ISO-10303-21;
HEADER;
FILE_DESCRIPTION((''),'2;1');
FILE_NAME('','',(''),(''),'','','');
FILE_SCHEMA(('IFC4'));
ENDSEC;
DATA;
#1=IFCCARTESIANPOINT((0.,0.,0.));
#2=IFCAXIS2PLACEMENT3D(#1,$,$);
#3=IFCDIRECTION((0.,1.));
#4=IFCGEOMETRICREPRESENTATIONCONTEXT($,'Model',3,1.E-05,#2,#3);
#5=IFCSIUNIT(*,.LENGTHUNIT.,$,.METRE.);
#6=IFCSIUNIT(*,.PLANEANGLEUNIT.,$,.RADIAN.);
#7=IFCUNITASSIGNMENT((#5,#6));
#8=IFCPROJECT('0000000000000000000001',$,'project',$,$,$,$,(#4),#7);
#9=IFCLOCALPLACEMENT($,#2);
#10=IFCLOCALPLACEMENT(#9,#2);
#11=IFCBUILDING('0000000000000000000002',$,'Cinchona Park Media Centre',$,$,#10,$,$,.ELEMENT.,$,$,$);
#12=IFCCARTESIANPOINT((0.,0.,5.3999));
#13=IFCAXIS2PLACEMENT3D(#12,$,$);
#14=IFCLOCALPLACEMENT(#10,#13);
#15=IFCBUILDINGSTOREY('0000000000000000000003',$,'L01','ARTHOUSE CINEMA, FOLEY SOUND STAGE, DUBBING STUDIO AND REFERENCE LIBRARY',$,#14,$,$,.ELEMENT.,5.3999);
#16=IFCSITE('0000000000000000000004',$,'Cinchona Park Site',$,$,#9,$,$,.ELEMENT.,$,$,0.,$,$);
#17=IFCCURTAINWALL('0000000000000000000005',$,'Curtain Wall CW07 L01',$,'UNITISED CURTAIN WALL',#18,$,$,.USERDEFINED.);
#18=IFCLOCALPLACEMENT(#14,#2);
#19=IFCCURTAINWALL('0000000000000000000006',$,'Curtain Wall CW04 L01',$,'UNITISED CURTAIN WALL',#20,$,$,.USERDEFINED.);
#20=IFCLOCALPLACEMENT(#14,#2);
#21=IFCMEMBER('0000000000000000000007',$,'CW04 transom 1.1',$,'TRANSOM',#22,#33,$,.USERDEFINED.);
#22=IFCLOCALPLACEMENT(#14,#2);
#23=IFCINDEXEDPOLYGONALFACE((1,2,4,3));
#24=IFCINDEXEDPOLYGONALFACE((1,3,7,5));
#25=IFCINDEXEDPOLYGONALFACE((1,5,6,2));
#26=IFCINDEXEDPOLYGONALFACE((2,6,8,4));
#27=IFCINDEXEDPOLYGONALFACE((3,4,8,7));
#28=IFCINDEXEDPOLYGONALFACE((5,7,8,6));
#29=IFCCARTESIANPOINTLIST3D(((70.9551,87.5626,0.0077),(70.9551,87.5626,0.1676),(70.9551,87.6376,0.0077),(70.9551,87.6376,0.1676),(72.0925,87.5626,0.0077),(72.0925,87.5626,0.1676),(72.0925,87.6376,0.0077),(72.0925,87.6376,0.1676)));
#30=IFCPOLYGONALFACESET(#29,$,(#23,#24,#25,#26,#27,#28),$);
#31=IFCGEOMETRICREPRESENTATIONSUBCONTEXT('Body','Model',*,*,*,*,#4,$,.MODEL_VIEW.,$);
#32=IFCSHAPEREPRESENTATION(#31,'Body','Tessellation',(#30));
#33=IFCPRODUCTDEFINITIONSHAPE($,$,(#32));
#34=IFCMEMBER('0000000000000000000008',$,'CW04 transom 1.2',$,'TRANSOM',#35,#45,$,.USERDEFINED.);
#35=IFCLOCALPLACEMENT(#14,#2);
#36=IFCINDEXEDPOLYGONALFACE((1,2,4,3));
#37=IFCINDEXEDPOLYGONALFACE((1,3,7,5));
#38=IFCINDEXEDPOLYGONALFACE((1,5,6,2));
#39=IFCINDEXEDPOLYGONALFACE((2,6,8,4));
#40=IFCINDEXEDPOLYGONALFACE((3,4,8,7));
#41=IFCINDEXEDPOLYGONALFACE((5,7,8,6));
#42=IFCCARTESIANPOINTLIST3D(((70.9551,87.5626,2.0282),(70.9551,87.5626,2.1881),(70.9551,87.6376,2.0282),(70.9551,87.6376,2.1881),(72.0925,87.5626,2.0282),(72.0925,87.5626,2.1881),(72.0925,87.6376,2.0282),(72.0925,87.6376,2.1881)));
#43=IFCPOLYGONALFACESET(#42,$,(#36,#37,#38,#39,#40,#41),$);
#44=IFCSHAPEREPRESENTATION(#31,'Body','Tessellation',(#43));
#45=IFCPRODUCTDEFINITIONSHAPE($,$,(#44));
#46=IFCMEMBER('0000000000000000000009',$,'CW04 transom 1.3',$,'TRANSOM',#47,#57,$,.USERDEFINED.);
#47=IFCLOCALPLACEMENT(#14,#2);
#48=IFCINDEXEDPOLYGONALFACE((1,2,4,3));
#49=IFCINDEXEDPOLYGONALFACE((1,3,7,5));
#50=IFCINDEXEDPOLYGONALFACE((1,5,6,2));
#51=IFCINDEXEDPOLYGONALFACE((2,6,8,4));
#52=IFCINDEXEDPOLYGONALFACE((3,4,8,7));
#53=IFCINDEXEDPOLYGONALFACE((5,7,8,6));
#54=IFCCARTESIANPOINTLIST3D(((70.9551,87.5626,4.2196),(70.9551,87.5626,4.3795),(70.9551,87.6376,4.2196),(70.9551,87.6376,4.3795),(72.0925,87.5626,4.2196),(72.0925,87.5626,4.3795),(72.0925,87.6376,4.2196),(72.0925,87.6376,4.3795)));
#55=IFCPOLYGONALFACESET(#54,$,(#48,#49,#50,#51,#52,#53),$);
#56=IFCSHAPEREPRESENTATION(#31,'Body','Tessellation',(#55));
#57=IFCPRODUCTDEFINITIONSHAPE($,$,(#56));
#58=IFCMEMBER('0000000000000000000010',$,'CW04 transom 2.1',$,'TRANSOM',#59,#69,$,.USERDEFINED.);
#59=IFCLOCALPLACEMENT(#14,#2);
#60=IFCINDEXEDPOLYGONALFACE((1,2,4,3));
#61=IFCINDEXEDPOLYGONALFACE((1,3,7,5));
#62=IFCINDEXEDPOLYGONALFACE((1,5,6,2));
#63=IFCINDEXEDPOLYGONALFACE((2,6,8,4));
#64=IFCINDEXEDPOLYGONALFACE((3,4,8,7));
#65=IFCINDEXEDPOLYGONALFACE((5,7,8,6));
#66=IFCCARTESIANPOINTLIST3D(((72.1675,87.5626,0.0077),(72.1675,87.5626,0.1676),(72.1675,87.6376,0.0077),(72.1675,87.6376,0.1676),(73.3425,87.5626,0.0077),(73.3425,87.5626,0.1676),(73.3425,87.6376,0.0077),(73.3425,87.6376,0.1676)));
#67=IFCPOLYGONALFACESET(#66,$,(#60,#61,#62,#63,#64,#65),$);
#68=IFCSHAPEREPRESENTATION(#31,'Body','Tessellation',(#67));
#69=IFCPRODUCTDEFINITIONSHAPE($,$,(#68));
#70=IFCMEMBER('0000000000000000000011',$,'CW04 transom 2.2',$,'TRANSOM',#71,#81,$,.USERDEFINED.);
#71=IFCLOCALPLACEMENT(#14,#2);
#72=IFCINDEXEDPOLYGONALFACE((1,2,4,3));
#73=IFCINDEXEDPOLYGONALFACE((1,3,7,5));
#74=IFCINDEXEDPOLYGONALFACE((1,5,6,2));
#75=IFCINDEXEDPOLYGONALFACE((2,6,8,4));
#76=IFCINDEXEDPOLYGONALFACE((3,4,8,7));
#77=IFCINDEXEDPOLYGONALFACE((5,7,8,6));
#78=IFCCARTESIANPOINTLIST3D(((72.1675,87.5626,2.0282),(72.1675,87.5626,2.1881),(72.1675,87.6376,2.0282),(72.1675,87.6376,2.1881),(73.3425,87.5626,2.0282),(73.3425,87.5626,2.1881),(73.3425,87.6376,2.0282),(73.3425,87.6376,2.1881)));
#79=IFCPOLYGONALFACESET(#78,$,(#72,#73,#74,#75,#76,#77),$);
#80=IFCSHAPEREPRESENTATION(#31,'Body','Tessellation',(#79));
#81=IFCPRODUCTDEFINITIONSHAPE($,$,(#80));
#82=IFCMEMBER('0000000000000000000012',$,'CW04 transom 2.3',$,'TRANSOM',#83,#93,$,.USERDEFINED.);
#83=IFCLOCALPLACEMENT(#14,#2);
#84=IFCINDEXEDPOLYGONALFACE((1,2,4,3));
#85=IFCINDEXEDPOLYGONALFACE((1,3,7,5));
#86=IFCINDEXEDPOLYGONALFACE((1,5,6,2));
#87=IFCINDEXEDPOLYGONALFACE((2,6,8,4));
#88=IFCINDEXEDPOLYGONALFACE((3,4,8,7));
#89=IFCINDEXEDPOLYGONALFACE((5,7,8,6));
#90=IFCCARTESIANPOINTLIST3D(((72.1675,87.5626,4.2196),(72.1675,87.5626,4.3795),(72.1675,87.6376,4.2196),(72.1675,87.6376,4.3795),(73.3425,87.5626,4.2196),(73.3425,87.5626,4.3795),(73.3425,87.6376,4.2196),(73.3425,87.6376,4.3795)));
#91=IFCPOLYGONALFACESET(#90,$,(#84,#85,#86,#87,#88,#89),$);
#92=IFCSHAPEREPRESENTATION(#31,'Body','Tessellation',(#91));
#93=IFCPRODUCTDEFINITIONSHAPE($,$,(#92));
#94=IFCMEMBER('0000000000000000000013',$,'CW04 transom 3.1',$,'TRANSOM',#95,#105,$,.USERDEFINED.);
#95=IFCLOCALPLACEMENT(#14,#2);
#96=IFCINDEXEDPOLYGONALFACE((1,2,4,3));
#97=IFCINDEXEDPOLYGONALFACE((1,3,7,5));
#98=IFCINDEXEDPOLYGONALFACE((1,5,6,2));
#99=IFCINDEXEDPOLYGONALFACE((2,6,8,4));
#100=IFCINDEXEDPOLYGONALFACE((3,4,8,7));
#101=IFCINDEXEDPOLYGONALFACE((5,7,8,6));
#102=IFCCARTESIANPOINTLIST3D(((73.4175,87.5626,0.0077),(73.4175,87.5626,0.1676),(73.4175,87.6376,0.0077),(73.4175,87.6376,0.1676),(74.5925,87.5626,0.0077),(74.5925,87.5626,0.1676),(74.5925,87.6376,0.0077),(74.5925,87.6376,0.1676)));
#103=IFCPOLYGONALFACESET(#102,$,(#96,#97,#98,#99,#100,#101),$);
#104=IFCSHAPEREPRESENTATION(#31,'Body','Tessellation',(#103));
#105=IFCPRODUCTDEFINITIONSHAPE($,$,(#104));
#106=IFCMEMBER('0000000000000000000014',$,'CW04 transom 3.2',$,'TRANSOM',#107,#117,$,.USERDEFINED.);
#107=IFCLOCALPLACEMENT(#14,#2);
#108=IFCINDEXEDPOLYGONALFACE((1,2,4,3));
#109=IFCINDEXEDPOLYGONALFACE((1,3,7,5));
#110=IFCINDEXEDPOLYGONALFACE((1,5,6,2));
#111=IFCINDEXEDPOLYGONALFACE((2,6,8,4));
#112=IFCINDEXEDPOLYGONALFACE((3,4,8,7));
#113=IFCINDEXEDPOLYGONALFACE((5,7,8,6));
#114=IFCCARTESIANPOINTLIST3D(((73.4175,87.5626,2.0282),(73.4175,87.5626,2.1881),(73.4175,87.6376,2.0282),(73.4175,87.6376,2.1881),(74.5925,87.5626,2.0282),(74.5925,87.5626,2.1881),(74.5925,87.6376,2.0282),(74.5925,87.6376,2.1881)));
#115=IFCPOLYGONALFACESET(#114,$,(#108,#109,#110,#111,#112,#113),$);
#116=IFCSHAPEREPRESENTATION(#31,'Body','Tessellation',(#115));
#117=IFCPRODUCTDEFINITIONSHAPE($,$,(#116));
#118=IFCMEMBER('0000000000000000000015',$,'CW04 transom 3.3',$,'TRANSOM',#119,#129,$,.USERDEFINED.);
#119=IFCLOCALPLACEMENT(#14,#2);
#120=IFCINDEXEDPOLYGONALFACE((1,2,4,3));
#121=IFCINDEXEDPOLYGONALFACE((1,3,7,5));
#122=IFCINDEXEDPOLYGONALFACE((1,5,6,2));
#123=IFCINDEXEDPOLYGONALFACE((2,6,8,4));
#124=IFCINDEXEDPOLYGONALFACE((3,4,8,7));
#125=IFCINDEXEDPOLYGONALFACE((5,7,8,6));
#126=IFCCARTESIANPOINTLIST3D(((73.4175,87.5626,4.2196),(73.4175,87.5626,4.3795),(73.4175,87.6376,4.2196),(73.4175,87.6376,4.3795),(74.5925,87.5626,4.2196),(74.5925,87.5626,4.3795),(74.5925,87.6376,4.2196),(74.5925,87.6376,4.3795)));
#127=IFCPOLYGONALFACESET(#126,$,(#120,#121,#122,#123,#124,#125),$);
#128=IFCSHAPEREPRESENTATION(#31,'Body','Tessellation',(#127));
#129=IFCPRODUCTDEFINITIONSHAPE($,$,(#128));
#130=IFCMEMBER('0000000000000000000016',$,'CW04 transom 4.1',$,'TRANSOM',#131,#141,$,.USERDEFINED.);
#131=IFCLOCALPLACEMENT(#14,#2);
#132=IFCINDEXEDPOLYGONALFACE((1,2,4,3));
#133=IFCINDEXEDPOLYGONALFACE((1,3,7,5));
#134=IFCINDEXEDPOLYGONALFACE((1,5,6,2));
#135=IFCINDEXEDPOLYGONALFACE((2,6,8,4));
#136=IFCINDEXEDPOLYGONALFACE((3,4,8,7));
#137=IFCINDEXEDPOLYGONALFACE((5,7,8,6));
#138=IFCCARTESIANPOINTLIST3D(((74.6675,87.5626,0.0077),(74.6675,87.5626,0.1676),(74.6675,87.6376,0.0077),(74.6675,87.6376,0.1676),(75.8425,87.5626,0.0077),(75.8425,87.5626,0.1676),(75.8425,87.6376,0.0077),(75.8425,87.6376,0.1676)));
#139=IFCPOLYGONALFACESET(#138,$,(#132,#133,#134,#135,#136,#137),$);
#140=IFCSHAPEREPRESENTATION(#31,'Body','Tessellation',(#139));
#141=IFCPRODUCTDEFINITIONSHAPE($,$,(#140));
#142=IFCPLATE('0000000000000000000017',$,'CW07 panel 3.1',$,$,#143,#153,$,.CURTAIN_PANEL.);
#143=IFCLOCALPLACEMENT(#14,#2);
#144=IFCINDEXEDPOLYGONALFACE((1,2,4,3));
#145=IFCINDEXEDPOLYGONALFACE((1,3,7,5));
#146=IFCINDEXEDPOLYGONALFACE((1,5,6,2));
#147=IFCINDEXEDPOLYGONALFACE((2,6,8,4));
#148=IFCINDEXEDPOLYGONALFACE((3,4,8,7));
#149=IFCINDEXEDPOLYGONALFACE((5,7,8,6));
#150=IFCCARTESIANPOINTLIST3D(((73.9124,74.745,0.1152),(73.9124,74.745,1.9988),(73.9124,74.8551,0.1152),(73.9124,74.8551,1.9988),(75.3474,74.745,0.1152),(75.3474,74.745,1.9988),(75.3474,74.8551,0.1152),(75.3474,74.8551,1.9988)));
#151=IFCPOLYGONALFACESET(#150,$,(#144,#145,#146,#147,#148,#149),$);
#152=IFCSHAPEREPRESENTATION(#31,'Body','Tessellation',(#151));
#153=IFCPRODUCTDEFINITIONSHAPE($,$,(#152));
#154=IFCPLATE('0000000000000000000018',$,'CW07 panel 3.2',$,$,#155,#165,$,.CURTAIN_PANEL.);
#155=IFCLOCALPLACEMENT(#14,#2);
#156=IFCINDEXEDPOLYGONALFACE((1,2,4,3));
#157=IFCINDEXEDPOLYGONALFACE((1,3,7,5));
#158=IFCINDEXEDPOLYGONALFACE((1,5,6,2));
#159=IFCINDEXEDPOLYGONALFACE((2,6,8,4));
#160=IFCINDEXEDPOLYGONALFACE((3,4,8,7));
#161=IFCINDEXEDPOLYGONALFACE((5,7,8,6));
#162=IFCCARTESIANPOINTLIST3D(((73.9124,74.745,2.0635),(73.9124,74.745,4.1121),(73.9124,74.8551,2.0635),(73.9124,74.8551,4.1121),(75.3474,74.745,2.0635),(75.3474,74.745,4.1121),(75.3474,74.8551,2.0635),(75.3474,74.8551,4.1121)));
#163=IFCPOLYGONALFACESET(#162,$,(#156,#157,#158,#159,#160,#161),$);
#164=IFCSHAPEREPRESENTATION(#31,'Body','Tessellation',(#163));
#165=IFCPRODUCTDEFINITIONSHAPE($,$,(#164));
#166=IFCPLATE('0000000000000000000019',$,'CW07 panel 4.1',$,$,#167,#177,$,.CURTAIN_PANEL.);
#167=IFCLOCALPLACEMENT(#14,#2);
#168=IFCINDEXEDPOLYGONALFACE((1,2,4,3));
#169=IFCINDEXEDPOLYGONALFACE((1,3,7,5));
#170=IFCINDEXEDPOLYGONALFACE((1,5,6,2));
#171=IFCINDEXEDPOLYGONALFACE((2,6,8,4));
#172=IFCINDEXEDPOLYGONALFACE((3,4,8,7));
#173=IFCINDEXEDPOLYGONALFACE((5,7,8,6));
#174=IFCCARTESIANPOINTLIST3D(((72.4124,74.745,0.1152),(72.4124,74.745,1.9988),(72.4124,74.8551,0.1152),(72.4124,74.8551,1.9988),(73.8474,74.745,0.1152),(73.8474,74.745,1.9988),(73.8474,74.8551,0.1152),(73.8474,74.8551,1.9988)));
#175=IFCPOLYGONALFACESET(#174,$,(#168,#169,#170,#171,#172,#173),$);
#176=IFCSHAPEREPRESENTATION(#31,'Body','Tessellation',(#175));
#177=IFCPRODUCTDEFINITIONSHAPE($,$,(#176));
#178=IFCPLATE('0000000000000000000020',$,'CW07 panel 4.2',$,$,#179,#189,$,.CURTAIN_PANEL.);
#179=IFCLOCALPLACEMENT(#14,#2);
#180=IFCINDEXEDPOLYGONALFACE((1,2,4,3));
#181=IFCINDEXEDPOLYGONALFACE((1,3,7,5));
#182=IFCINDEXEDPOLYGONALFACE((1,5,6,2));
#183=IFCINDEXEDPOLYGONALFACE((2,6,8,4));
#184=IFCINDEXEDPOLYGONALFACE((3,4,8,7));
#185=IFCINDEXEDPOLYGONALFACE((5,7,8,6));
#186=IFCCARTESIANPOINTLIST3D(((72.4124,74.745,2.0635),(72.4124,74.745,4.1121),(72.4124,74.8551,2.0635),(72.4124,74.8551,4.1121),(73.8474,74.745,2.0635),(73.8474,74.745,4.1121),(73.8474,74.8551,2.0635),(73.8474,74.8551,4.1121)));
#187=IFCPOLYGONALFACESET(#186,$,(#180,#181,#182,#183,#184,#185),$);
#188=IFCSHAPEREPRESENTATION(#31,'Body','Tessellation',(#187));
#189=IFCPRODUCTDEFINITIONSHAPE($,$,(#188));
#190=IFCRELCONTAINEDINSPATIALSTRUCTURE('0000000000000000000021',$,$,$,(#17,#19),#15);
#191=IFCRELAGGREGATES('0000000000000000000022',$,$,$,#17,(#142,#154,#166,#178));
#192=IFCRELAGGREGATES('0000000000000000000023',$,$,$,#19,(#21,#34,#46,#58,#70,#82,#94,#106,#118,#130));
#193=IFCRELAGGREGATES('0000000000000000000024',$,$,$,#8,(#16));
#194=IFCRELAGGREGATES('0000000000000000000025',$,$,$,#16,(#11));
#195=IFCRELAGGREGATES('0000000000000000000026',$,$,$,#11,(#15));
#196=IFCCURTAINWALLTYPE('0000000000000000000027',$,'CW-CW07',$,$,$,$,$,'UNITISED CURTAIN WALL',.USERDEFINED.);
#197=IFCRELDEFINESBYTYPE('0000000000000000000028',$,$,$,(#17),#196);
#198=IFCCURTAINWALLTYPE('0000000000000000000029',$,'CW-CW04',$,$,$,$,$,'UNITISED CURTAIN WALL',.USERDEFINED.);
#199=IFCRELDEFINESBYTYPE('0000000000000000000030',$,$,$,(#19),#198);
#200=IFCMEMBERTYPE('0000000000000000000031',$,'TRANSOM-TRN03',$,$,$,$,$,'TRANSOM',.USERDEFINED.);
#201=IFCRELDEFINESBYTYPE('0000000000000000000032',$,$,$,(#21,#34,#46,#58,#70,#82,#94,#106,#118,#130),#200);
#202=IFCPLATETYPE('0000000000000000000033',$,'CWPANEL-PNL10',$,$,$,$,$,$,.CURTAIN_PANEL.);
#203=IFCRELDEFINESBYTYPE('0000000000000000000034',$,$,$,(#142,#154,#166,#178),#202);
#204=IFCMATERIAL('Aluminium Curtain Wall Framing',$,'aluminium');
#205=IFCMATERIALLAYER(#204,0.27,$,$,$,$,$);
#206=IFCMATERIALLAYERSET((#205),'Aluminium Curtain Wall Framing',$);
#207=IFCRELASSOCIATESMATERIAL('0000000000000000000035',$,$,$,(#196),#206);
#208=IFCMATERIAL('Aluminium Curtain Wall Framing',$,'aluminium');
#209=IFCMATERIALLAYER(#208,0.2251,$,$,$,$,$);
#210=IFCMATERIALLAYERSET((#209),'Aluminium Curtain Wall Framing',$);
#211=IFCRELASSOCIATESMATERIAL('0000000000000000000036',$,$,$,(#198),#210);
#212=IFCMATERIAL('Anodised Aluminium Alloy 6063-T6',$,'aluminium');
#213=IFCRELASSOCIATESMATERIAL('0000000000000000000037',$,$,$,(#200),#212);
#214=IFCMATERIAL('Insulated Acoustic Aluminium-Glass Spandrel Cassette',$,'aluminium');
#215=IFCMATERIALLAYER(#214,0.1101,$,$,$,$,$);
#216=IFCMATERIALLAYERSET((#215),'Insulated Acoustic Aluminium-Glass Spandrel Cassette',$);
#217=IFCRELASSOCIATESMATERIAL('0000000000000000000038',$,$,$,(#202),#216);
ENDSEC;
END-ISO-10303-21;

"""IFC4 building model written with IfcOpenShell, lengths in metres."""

from ifc_helpers import new_model, si_unit, direction, frame, origin, origin_2d, place, context, subcontext, project, spatial, rectangle, extrude, material, layer, layer_set, material_profile, profile_set, type_object, element, aggregate, save


model = new_model("IFC4")

# Units and contexts
model_context = context("Model", 3, precision=1e-05, world=origin(), true_north=direction((0.0, 1.0)))
body_context = subcontext(model_context, "Body", "Model", "MODEL_VIEW")
ifc_project = project(units=[si_unit("LENGTHUNIT", "METRE"), si_unit("PLANEANGLEUNIT", "RADIAN")], contexts=[model_context])

# Site, building, storey
site_placement = place(None, origin())
site = spatial("IfcSite", under=ifc_project, at=site_placement, Name="Cinchona Park Site", CompositionType="ELEMENT", RefElevation=0.0)
building_placement = place(site_placement, origin())
building = spatial("IfcBuilding", under=site, at=building_placement, Name="Cinchona Park Media Centre", CompositionType="ELEMENT")
storey_placement = place(building_placement, frame((0.0, 0.0, 5.3999)))
storey = spatial("IfcBuildingStorey", under=building, at=storey_placement, Name="L01", Description="ARTHOUSE CINEMA, FOLEY SOUND STAGE, DUBBING STUDIO AND REFERENCE LIBRARY", CompositionType="ELEMENT", Elevation=5.3999)

# Curtain walls
ifc_material_1 = material(Name="Aluminium Curtain Wall Framing", Category="aluminium")
ifc_layer_1 = layer(ifc_material_1, 0.27)
ifc_layer_set_1 = layer_set([ifc_layer_1], Name="Aluminium Curtain Wall Framing")
curtain_wall_type_1 = type_object("IfcCurtainWallType", Name="CW-CW07", ElementType="UNITISED CURTAIN WALL", PredefinedType="USERDEFINED", material=ifc_layer_set_1)
curtain_wall_1_placement = place(storey_placement, origin())
curtain_wall_1 = element("IfcCurtainWall", 1, at=curtain_wall_1_placement, inside=storey, type_object=curtain_wall_type_1, Name="Curtain Wall CW07 L01", ObjectType="UNITISED CURTAIN WALL", PredefinedType="USERDEFINED")
ifc_material_2 = material(Name="Aluminium Curtain Wall Framing", Category="aluminium")
ifc_layer_2 = layer(ifc_material_2, 0.2251)
ifc_layer_set_2 = layer_set([ifc_layer_2], Name="Aluminium Curtain Wall Framing")
curtain_wall_type_2 = type_object("IfcCurtainWallType", Name="CW-CW04", ElementType="UNITISED CURTAIN WALL", PredefinedType="USERDEFINED", material=ifc_layer_set_2)
curtain_wall_2_placement = place(storey_placement, origin())
curtain_wall_2 = element("IfcCurtainWall", 2, at=curtain_wall_2_placement, inside=storey, type_object=curtain_wall_type_2, Name="Curtain Wall CW04 L01", ObjectType="UNITISED CURTAIN WALL", PredefinedType="USERDEFINED")

# Members
ifc_material_3 = material(Name="Anodised Aluminium Alloy 6063-T6", Category="aluminium")
ifc_material_profile_1 = material_profile(ifc_material_3, rectangle(XDim=0.075, YDim=0.1599, at=origin_2d()), Name="TRN-75X160")
ifc_profile_set_1 = profile_set([ifc_material_profile_1], Name="Anodised Aluminium Alloy 6063-T6")
member_type_1 = type_object("IfcMemberType", Name="TRANSOM-TRN03", ElementType="TRANSOM", PredefinedType="USERDEFINED", material=ifc_profile_set_1)
member_1_placement = place(storey_placement, frame((70.9551, 87.6001, 0.0876), z_axis=(1.0, 0.0, 0.0), x_axis=(0.0, 1.0, 0.0)))
member_1 = element("IfcMember", 3, at=member_1_placement, type_object=member_type_1, Name="CW04 transom 1.1", ObjectType="TRANSOM", PredefinedType="USERDEFINED", context=body_context, shape_type="SweptSolid", body=[
    extrude(rectangle(XDim=0.075, YDim=0.1599, at=origin_2d()), origin(), (0.0, 0.0, 1.0), 1.1375),
])
member_2_placement = place(storey_placement, frame((70.9551, 87.6001, 2.1082), z_axis=(1.0, 0.0, 0.0), x_axis=(0.0, 1.0, 0.0)))
member_2 = element("IfcMember", 4, at=member_2_placement, type_object=member_type_1, Name="CW04 transom 1.2", ObjectType="TRANSOM", PredefinedType="USERDEFINED", context=body_context, shape_type="SweptSolid", body=[
    extrude(rectangle(XDim=0.075, YDim=0.1599, at=origin_2d()), origin(), (0.0, 0.0, 1.0), 1.1375),
])
member_3_placement = place(storey_placement, frame((70.9551, 87.6001, 4.2996), z_axis=(1.0, 0.0, 0.0), x_axis=(0.0, 1.0, 0.0)))
member_3 = element("IfcMember", 5, at=member_3_placement, type_object=member_type_1, Name="CW04 transom 1.3", ObjectType="TRANSOM", PredefinedType="USERDEFINED", context=body_context, shape_type="SweptSolid", body=[
    extrude(rectangle(XDim=0.075, YDim=0.1599, at=origin_2d()), origin(), (0.0, 0.0, 1.0), 1.1375),
])
member_4_placement = place(storey_placement, frame((72.1675, 87.6001, 0.0876), z_axis=(1.0, 0.0, 0.0), x_axis=(0.0, 1.0, 0.0)))
member_4 = element("IfcMember", 6, at=member_4_placement, type_object=member_type_1, Name="CW04 transom 2.1", ObjectType="TRANSOM", PredefinedType="USERDEFINED", context=body_context, shape_type="SweptSolid", body=[
    extrude(rectangle(XDim=0.075, YDim=0.1599, at=origin_2d()), origin(), (0.0, 0.0, 1.0), 1.175),
])
member_5_placement = place(storey_placement, frame((72.1675, 87.6001, 2.1082), z_axis=(1.0, 0.0, 0.0), x_axis=(0.0, 1.0, 0.0)))
member_5 = element("IfcMember", 7, at=member_5_placement, type_object=member_type_1, Name="CW04 transom 2.2", ObjectType="TRANSOM", PredefinedType="USERDEFINED", context=body_context, shape_type="SweptSolid", body=[
    extrude(rectangle(XDim=0.075, YDim=0.1599, at=origin_2d()), origin(), (0.0, 0.0, 1.0), 1.175),
])
member_6_placement = place(storey_placement, frame((72.1675, 87.6001, 4.2996), z_axis=(1.0, 0.0, 0.0), x_axis=(0.0, 1.0, 0.0)))
member_6 = element("IfcMember", 8, at=member_6_placement, type_object=member_type_1, Name="CW04 transom 2.3", ObjectType="TRANSOM", PredefinedType="USERDEFINED", context=body_context, shape_type="SweptSolid", body=[
    extrude(rectangle(XDim=0.075, YDim=0.1599, at=origin_2d()), origin(), (0.0, 0.0, 1.0), 1.175),
])
member_7_placement = place(storey_placement, frame((73.4175, 87.6001, 0.0876), z_axis=(1.0, 0.0, 0.0), x_axis=(0.0, 1.0, 0.0)))
member_7 = element("IfcMember", 9, at=member_7_placement, type_object=member_type_1, Name="CW04 transom 3.1", ObjectType="TRANSOM", PredefinedType="USERDEFINED", context=body_context, shape_type="SweptSolid", body=[
    extrude(rectangle(XDim=0.075, YDim=0.1599, at=origin_2d()), origin(), (0.0, 0.0, 1.0), 1.175),
])
member_8_placement = place(storey_placement, frame((73.4175, 87.6001, 2.1082), z_axis=(1.0, 0.0, 0.0), x_axis=(0.0, 1.0, 0.0)))
member_8 = element("IfcMember", 10, at=member_8_placement, type_object=member_type_1, Name="CW04 transom 3.2", ObjectType="TRANSOM", PredefinedType="USERDEFINED", context=body_context, shape_type="SweptSolid", body=[
    extrude(rectangle(XDim=0.075, YDim=0.1599, at=origin_2d()), origin(), (0.0, 0.0, 1.0), 1.175),
])
member_9_placement = place(storey_placement, frame((73.4175, 87.6001, 4.2996), z_axis=(1.0, 0.0, 0.0), x_axis=(0.0, 1.0, 0.0)))
member_9 = element("IfcMember", 11, at=member_9_placement, type_object=member_type_1, Name="CW04 transom 3.3", ObjectType="TRANSOM", PredefinedType="USERDEFINED", context=body_context, shape_type="SweptSolid", body=[
    extrude(rectangle(XDim=0.075, YDim=0.1599, at=origin_2d()), origin(), (0.0, 0.0, 1.0), 1.175),
])
member_10_placement = place(storey_placement, frame((74.6675, 87.6001, 0.0876), z_axis=(1.0, 0.0, 0.0), x_axis=(0.0, 1.0, 0.0)))
member_10 = element("IfcMember", 12, at=member_10_placement, type_object=member_type_1, Name="CW04 transom 4.1", ObjectType="TRANSOM", PredefinedType="USERDEFINED", context=body_context, shape_type="SweptSolid", body=[
    extrude(rectangle(XDim=0.075, YDim=0.1599, at=origin_2d()), origin(), (0.0, 0.0, 1.0), 1.175),
])

# Plates
ifc_material_4 = material(Name="Insulated Acoustic Aluminium-Glass Spandrel Cassette", Category="aluminium")
ifc_layer_3 = layer(ifc_material_4, 0.1101)
ifc_layer_set_3 = layer_set([ifc_layer_3], Name="Insulated Acoustic Aluminium-Glass Spandrel Cassette")
plate_type_1 = type_object("IfcPlateType", Name="CWPANEL-PNL10", PredefinedType="CURTAIN_PANEL", material=ifc_layer_set_3)
plate_1_placement = place(storey_placement, frame((74.6299, 74.8, 0.1152), z_axis=(0.0, 0.0, 1.0), x_axis=(-1.0, 0.0, 0.0)))
plate_1 = element("IfcPlate", 13, at=plate_1_placement, type_object=plate_type_1, Name="CW07 panel 3.1", PredefinedType="CURTAIN_PANEL", context=body_context, shape_type="SweptSolid", body=[
    extrude(rectangle(XDim=1.4351, YDim=0.1101, at=origin_2d()), origin(), (0.0, 0.0, 1.0), 1.8835),
])
plate_2_placement = place(storey_placement, frame((74.6299, 74.8, 2.0635), z_axis=(0.0, 0.0, 1.0), x_axis=(-1.0, 0.0, 0.0)))
plate_2 = element("IfcPlate", 14, at=plate_2_placement, type_object=plate_type_1, Name="CW07 panel 3.2", PredefinedType="CURTAIN_PANEL", context=body_context, shape_type="SweptSolid", body=[
    extrude(rectangle(XDim=1.4351, YDim=0.1101, at=origin_2d()), origin(), (0.0, 0.0, 1.0), 2.0486),
])
plate_3_placement = place(storey_placement, frame((73.1299, 74.8, 0.1152), z_axis=(0.0, 0.0, 1.0), x_axis=(-1.0, 0.0, 0.0)))
plate_3 = element("IfcPlate", 15, at=plate_3_placement, type_object=plate_type_1, Name="CW07 panel 4.1", PredefinedType="CURTAIN_PANEL", context=body_context, shape_type="SweptSolid", body=[
    extrude(rectangle(XDim=1.4351, YDim=0.1101, at=origin_2d()), origin(), (0.0, 0.0, 1.0), 1.8835),
])
plate_4_placement = place(storey_placement, frame((73.1299, 74.8, 2.0635), z_axis=(0.0, 0.0, 1.0), x_axis=(-1.0, 0.0, 0.0)))
plate_4 = element("IfcPlate", 16, at=plate_4_placement, type_object=plate_type_1, Name="CW07 panel 4.2", PredefinedType="CURTAIN_PANEL", context=body_context, shape_type="SweptSolid", body=[
    extrude(rectangle(XDim=1.4351, YDim=0.1101, at=origin_2d()), origin(), (0.0, 0.0, 1.0), 2.0486),
])
aggregate(curtain_wall_1, [plate_1, plate_2, plate_3, plate_4])
aggregate(curtain_wall_2, [member_1, member_2, member_3, member_4, member_5, member_6, member_7, member_8, member_9, member_10])

save(model, "model.ifc")
